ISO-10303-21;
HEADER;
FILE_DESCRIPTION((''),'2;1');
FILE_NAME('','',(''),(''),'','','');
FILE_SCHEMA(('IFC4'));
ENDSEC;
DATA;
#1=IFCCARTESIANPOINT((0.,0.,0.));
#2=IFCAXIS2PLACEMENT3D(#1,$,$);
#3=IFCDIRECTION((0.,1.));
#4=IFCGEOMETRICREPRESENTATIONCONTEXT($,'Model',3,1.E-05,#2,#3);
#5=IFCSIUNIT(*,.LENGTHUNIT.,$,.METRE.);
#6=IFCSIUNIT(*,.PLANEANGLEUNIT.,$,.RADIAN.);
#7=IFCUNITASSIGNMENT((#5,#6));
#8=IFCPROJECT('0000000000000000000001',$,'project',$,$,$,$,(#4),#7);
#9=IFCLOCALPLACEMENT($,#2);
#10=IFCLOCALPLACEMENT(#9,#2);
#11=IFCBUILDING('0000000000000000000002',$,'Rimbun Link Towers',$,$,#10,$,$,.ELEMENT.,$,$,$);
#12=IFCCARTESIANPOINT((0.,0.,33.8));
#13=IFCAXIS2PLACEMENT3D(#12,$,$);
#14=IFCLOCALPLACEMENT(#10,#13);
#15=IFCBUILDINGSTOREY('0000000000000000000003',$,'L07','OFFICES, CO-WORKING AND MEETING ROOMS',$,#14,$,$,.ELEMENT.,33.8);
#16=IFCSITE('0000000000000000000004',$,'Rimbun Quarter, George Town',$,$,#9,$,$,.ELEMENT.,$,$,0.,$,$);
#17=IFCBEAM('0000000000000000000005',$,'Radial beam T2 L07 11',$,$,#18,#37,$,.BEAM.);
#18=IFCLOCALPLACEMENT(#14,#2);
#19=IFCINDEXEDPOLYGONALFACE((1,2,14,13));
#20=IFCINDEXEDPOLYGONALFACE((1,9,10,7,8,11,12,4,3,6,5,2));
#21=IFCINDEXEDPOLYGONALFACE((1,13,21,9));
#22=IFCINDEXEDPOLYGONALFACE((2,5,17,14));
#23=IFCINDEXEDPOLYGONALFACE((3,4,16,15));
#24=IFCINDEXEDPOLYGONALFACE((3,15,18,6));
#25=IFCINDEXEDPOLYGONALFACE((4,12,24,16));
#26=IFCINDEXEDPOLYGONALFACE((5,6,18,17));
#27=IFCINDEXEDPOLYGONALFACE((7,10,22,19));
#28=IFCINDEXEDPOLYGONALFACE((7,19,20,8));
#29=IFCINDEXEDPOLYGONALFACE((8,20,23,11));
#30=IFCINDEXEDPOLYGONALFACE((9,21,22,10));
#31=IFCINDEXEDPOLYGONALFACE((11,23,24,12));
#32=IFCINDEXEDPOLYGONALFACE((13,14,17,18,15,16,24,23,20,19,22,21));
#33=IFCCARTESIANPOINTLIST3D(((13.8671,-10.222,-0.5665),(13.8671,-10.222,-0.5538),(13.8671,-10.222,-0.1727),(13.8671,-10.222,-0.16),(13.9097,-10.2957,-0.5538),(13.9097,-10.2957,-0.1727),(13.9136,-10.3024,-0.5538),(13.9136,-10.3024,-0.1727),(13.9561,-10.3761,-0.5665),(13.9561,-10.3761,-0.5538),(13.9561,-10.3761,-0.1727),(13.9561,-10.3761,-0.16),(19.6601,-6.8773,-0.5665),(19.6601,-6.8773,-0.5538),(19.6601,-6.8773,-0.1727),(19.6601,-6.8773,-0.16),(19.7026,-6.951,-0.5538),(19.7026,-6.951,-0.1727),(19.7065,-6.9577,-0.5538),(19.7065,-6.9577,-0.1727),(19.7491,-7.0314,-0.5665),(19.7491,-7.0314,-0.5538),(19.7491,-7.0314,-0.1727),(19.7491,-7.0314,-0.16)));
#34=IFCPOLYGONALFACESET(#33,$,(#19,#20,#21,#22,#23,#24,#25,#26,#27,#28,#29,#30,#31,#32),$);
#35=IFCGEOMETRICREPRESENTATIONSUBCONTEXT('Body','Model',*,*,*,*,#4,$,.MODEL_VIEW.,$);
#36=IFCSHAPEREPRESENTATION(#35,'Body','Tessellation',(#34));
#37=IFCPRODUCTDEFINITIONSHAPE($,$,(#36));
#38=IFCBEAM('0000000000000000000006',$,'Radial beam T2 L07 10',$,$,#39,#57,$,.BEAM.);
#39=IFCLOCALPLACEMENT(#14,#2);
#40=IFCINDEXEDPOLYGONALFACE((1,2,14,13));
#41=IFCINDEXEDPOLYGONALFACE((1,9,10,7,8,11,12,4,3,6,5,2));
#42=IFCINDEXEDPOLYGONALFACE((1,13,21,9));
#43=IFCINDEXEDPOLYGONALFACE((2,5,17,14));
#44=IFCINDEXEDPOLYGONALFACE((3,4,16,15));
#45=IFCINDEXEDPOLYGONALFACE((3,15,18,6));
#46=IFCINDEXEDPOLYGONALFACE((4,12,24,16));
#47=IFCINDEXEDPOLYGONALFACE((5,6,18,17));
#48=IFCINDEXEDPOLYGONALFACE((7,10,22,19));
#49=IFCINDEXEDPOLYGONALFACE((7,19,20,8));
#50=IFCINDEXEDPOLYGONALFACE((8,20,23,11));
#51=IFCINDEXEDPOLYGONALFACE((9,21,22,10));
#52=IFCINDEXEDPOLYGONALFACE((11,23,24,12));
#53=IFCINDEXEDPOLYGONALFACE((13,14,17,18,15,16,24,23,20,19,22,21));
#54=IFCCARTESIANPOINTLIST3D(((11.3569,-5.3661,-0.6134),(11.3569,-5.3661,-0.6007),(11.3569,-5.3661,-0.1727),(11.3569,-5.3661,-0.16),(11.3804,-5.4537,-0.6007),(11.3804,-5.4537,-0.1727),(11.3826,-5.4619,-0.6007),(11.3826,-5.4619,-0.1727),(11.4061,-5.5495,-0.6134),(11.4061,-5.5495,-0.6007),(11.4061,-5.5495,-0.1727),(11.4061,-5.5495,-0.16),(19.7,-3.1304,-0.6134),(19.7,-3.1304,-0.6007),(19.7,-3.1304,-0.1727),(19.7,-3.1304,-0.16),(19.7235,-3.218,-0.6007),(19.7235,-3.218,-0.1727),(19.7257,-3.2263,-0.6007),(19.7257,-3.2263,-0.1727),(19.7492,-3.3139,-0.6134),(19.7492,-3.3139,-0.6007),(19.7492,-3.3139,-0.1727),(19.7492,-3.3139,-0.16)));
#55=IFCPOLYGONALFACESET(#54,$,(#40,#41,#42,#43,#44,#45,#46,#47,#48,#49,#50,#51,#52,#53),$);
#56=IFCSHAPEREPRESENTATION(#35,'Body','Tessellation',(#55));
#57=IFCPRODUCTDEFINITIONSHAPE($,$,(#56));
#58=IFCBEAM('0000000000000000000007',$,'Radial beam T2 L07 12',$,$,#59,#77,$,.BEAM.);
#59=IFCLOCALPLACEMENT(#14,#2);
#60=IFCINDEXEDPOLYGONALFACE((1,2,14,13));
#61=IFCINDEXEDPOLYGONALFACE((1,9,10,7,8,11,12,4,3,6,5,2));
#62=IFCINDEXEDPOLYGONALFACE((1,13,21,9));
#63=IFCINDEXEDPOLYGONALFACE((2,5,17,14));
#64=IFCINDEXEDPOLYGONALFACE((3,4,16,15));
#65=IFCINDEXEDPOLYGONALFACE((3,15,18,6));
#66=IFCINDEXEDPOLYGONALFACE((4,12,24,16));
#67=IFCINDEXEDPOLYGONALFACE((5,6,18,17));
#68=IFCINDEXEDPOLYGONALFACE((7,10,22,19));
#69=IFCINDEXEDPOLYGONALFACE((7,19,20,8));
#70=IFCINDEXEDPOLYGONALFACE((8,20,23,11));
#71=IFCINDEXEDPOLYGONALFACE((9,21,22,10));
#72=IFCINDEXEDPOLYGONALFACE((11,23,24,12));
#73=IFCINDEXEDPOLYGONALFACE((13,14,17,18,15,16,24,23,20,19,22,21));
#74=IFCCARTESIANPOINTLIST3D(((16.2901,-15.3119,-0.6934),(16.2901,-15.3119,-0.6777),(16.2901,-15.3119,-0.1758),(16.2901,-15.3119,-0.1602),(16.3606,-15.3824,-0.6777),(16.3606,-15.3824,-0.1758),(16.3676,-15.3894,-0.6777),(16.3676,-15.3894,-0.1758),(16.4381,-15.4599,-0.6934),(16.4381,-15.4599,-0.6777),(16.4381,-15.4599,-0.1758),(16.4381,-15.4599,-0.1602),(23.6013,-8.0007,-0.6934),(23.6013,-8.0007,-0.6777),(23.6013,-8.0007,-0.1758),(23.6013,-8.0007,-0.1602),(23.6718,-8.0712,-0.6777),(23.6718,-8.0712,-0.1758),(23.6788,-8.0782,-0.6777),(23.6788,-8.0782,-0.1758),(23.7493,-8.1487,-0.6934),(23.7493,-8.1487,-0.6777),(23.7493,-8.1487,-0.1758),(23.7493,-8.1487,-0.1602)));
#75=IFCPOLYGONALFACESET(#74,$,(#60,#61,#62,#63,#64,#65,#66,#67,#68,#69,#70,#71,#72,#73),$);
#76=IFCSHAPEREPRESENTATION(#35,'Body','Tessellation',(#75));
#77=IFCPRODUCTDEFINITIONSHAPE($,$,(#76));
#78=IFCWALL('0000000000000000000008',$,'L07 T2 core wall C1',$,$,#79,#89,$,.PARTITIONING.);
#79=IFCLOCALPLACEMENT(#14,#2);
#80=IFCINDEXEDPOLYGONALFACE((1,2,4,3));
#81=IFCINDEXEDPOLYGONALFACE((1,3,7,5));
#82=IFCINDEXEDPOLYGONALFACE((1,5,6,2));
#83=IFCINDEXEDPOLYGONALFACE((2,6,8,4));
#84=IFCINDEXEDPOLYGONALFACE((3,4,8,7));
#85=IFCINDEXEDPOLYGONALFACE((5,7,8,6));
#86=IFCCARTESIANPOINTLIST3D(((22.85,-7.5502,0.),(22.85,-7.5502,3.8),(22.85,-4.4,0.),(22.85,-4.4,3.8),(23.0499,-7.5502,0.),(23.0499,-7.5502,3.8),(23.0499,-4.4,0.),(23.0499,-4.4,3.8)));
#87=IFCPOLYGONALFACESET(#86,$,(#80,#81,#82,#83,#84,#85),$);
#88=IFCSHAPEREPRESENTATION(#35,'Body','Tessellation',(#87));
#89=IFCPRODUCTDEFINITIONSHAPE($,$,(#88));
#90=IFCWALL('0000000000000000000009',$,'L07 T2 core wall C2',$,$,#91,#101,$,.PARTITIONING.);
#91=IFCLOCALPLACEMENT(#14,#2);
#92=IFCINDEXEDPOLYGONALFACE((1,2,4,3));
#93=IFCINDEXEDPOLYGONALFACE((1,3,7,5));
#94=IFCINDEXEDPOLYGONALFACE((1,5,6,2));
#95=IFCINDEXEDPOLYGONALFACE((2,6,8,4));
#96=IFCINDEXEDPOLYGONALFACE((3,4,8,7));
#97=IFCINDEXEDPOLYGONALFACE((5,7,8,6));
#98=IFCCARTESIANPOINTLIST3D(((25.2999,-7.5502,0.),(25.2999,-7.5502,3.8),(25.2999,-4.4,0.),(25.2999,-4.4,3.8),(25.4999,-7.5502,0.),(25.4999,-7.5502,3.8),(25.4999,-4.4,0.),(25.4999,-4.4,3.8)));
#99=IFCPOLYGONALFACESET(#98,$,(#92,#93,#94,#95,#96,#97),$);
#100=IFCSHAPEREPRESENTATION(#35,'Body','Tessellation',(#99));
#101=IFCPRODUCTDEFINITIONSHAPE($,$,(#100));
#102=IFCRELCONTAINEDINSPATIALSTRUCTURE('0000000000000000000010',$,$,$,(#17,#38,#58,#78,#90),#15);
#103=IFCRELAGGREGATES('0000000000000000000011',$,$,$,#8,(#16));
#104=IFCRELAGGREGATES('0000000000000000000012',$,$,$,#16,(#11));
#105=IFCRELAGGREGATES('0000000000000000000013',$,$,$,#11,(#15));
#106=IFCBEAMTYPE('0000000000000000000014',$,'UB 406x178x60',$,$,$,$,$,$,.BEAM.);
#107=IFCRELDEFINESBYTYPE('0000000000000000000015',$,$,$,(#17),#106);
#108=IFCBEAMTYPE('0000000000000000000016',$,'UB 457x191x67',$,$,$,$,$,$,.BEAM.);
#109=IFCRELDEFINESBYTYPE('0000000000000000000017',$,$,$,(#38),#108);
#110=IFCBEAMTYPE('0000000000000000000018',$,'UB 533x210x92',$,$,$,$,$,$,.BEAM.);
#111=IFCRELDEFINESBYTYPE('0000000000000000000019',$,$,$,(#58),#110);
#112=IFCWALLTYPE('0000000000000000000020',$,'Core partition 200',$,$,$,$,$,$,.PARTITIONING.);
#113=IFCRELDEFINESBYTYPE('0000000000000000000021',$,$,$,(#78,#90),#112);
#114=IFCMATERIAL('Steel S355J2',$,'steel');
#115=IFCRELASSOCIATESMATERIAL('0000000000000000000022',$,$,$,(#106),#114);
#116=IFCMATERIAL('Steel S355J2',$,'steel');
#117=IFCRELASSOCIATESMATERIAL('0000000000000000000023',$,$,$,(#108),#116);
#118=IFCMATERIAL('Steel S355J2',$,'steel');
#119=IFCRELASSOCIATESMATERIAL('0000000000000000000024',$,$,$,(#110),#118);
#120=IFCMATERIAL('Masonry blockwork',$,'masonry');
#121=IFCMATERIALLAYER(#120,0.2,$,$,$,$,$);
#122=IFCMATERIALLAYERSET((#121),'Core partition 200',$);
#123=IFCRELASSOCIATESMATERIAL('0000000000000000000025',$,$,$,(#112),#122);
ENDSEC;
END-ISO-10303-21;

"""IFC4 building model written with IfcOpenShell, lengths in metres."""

from ifc_helpers import new_model, si_unit, direction, frame, frame_2d, origin, origin_2d, place, context, subcontext, project, spatial, rectangle, i_section, extrude, material, layer, layer_set, material_profile, profile_set, type_object, element, save


model = new_model("IFC4")

# Units and contexts
model_context = context("Model", 3, precision=1e-05, world=origin(), true_north=direction((0.0, 1.0)))
body_context = subcontext(model_context, "Body", "Model", "MODEL_VIEW")
ifc_project = project(units=[si_unit("LENGTHUNIT", "METRE"), si_unit("PLANEANGLEUNIT", "RADIAN")], contexts=[model_context])

# Site, building, storey
site_placement = place(None, origin())
site = spatial("IfcSite", under=ifc_project, at=site_placement, Name="Rimbun Quarter, George Town", CompositionType="ELEMENT", RefElevation=0.0)
building_placement = place(site_placement, origin())
building = spatial("IfcBuilding", under=site, at=building_placement, Name="Rimbun Link Towers", CompositionType="ELEMENT")
storey_placement = place(building_placement, frame((0.0, 0.0, 33.8)))
storey = spatial("IfcBuildingStorey", under=building, at=storey_placement, Name="L07", Description="OFFICES, CO-WORKING AND MEETING ROOMS", CompositionType="ELEMENT", Elevation=33.8)

# Beams
ifc_material_1 = material(Name="Steel S355J2", Category="steel")
ifc_material_profile_1 = material_profile(ifc_material_1, i_section(OverallWidth=0.178, OverallDepth=0.4065, WebThickness=0.0078, FlangeThickness=0.0127, at=origin_2d()), Name="UB 406x178x60")
ifc_profile_set_1 = profile_set([ifc_material_profile_1], Name="Steel S355J2")
beam_type_1 = type_object("IfcBeamType", Name="UB 406x178x60", PredefinedType="BEAM", material=ifc_profile_set_1)
beam_1_placement = place(storey_placement, frame((19.7046, -6.9543, -0.3633), z_axis=(-0.866015, -0.500017, 0.0), x_axis=(0.500017, -0.866015, 0.0)))
element("IfcBeam", 1, at=beam_1_placement, inside=storey, type_object=beam_type_1, Name="Radial beam T2 L07 11", PredefinedType="BEAM", context=body_context, shape_type="SweptSolid", body=[
    extrude(i_section(OverallWidth=0.178, OverallDepth=0.4065, WebThickness=0.0078, FlangeThickness=0.0127, at=origin_2d()), origin(), (0.0, 0.0, 1.0), 6.6892),
])
ifc_material_2 = material(Name="Steel S355J2", Category="steel")
ifc_material_profile_2 = material_profile(ifc_material_2, i_section(OverallWidth=0.1899, OverallDepth=0.4534, WebThickness=0.0085, FlangeThickness=0.0127, at=origin_2d()), Name="UB 457x191x67")
ifc_profile_set_2 = profile_set([ifc_material_profile_2], Name="Steel S355J2")
beam_type_2 = type_object("IfcBeamType", Name="UB 457x191x67", PredefinedType="BEAM", material=ifc_profile_set_2)
beam_2_placement = place(storey_placement, frame((19.7246, -3.2222, -0.3867), z_axis=(-0.965923, -0.258829, 0.0), x_axis=(0.258829, -0.965923, 0.0)))
element("IfcBeam", 2, at=beam_2_placement, inside=storey, type_object=beam_type_2, Name="Radial beam T2 L07 10", PredefinedType="BEAM", context=body_context, shape_type="SweptSolid", body=[
    extrude(i_section(OverallWidth=0.1899, OverallDepth=0.4534, WebThickness=0.0085, FlangeThickness=0.0127, at=origin_2d()), origin(), (0.0, 0.0, 1.0), 8.6375),
])
ifc_material_3 = material(Name="Steel S355J2", Category="steel")
ifc_material_profile_3 = material_profile(ifc_material_3, i_section(OverallWidth=0.2092, OverallDepth=0.5332, WebThickness=0.01, FlangeThickness=0.0156, at=origin_2d()), Name="UB 533x210x92")
ifc_profile_set_3 = profile_set([ifc_material_profile_3], Name="Steel S355J2")
beam_type_3 = type_object("IfcBeamType", Name="UB 533x210x92", PredefinedType="BEAM", material=ifc_profile_set_3)
beam_3_placement = place(storey_placement, frame((23.6753, -8.0747, -0.4268), z_axis=(-0.707107, -0.707107, 0.0), x_axis=(0.707107, -0.707107, 0.0)))
element("IfcBeam", 3, at=beam_3_placement, inside=storey, type_object=beam_type_3, Name="Radial beam T2 L07 12", PredefinedType="BEAM", context=body_context, shape_type="SweptSolid", body=[
    extrude(i_section(OverallWidth=0.2092, OverallDepth=0.5332, WebThickness=0.01, FlangeThickness=0.0156, at=origin_2d()), origin(), (0.0, 0.0, 1.0), 10.3396),
])

# Walls
ifc_material_4 = material(Name="Masonry blockwork", Category="masonry")
ifc_layer_1 = layer(ifc_material_4, 0.2)
ifc_layer_set_1 = layer_set([ifc_layer_1], Name="Core partition 200")
wall_type_1 = type_object("IfcWallType", Name="Core partition 200", PredefinedType="PARTITIONING", material=ifc_layer_set_1)
for number, where, z_axis, x_axis, name in (
    (4, (22.95, -4.3999, 0.0), (0.0, 0.0, 1.0), (0.0, -1.0, 0.0), "L07 T2 core wall C1"),
    (5, (25.3999, -4.3999, 0.0), (0.0, 0.0, 1.0), (0.0, -1.0, 0.0), "L07 T2 core wall C2"),
):
    element("IfcWall", number, at=place(storey_placement, frame(where, z_axis=z_axis, x_axis=x_axis)), inside=storey, type_object=wall_type_1, Name=name, PredefinedType="PARTITIONING", context=body_context, shape_type="SweptSolid", body=[
        extrude(rectangle(XDim=3.1501, YDim=0.2, at=frame_2d((1.5752, 0.0))), origin(), (0.0, 0.0, 1.0), 3.8),
    ])

save(model, "model.ifc")
